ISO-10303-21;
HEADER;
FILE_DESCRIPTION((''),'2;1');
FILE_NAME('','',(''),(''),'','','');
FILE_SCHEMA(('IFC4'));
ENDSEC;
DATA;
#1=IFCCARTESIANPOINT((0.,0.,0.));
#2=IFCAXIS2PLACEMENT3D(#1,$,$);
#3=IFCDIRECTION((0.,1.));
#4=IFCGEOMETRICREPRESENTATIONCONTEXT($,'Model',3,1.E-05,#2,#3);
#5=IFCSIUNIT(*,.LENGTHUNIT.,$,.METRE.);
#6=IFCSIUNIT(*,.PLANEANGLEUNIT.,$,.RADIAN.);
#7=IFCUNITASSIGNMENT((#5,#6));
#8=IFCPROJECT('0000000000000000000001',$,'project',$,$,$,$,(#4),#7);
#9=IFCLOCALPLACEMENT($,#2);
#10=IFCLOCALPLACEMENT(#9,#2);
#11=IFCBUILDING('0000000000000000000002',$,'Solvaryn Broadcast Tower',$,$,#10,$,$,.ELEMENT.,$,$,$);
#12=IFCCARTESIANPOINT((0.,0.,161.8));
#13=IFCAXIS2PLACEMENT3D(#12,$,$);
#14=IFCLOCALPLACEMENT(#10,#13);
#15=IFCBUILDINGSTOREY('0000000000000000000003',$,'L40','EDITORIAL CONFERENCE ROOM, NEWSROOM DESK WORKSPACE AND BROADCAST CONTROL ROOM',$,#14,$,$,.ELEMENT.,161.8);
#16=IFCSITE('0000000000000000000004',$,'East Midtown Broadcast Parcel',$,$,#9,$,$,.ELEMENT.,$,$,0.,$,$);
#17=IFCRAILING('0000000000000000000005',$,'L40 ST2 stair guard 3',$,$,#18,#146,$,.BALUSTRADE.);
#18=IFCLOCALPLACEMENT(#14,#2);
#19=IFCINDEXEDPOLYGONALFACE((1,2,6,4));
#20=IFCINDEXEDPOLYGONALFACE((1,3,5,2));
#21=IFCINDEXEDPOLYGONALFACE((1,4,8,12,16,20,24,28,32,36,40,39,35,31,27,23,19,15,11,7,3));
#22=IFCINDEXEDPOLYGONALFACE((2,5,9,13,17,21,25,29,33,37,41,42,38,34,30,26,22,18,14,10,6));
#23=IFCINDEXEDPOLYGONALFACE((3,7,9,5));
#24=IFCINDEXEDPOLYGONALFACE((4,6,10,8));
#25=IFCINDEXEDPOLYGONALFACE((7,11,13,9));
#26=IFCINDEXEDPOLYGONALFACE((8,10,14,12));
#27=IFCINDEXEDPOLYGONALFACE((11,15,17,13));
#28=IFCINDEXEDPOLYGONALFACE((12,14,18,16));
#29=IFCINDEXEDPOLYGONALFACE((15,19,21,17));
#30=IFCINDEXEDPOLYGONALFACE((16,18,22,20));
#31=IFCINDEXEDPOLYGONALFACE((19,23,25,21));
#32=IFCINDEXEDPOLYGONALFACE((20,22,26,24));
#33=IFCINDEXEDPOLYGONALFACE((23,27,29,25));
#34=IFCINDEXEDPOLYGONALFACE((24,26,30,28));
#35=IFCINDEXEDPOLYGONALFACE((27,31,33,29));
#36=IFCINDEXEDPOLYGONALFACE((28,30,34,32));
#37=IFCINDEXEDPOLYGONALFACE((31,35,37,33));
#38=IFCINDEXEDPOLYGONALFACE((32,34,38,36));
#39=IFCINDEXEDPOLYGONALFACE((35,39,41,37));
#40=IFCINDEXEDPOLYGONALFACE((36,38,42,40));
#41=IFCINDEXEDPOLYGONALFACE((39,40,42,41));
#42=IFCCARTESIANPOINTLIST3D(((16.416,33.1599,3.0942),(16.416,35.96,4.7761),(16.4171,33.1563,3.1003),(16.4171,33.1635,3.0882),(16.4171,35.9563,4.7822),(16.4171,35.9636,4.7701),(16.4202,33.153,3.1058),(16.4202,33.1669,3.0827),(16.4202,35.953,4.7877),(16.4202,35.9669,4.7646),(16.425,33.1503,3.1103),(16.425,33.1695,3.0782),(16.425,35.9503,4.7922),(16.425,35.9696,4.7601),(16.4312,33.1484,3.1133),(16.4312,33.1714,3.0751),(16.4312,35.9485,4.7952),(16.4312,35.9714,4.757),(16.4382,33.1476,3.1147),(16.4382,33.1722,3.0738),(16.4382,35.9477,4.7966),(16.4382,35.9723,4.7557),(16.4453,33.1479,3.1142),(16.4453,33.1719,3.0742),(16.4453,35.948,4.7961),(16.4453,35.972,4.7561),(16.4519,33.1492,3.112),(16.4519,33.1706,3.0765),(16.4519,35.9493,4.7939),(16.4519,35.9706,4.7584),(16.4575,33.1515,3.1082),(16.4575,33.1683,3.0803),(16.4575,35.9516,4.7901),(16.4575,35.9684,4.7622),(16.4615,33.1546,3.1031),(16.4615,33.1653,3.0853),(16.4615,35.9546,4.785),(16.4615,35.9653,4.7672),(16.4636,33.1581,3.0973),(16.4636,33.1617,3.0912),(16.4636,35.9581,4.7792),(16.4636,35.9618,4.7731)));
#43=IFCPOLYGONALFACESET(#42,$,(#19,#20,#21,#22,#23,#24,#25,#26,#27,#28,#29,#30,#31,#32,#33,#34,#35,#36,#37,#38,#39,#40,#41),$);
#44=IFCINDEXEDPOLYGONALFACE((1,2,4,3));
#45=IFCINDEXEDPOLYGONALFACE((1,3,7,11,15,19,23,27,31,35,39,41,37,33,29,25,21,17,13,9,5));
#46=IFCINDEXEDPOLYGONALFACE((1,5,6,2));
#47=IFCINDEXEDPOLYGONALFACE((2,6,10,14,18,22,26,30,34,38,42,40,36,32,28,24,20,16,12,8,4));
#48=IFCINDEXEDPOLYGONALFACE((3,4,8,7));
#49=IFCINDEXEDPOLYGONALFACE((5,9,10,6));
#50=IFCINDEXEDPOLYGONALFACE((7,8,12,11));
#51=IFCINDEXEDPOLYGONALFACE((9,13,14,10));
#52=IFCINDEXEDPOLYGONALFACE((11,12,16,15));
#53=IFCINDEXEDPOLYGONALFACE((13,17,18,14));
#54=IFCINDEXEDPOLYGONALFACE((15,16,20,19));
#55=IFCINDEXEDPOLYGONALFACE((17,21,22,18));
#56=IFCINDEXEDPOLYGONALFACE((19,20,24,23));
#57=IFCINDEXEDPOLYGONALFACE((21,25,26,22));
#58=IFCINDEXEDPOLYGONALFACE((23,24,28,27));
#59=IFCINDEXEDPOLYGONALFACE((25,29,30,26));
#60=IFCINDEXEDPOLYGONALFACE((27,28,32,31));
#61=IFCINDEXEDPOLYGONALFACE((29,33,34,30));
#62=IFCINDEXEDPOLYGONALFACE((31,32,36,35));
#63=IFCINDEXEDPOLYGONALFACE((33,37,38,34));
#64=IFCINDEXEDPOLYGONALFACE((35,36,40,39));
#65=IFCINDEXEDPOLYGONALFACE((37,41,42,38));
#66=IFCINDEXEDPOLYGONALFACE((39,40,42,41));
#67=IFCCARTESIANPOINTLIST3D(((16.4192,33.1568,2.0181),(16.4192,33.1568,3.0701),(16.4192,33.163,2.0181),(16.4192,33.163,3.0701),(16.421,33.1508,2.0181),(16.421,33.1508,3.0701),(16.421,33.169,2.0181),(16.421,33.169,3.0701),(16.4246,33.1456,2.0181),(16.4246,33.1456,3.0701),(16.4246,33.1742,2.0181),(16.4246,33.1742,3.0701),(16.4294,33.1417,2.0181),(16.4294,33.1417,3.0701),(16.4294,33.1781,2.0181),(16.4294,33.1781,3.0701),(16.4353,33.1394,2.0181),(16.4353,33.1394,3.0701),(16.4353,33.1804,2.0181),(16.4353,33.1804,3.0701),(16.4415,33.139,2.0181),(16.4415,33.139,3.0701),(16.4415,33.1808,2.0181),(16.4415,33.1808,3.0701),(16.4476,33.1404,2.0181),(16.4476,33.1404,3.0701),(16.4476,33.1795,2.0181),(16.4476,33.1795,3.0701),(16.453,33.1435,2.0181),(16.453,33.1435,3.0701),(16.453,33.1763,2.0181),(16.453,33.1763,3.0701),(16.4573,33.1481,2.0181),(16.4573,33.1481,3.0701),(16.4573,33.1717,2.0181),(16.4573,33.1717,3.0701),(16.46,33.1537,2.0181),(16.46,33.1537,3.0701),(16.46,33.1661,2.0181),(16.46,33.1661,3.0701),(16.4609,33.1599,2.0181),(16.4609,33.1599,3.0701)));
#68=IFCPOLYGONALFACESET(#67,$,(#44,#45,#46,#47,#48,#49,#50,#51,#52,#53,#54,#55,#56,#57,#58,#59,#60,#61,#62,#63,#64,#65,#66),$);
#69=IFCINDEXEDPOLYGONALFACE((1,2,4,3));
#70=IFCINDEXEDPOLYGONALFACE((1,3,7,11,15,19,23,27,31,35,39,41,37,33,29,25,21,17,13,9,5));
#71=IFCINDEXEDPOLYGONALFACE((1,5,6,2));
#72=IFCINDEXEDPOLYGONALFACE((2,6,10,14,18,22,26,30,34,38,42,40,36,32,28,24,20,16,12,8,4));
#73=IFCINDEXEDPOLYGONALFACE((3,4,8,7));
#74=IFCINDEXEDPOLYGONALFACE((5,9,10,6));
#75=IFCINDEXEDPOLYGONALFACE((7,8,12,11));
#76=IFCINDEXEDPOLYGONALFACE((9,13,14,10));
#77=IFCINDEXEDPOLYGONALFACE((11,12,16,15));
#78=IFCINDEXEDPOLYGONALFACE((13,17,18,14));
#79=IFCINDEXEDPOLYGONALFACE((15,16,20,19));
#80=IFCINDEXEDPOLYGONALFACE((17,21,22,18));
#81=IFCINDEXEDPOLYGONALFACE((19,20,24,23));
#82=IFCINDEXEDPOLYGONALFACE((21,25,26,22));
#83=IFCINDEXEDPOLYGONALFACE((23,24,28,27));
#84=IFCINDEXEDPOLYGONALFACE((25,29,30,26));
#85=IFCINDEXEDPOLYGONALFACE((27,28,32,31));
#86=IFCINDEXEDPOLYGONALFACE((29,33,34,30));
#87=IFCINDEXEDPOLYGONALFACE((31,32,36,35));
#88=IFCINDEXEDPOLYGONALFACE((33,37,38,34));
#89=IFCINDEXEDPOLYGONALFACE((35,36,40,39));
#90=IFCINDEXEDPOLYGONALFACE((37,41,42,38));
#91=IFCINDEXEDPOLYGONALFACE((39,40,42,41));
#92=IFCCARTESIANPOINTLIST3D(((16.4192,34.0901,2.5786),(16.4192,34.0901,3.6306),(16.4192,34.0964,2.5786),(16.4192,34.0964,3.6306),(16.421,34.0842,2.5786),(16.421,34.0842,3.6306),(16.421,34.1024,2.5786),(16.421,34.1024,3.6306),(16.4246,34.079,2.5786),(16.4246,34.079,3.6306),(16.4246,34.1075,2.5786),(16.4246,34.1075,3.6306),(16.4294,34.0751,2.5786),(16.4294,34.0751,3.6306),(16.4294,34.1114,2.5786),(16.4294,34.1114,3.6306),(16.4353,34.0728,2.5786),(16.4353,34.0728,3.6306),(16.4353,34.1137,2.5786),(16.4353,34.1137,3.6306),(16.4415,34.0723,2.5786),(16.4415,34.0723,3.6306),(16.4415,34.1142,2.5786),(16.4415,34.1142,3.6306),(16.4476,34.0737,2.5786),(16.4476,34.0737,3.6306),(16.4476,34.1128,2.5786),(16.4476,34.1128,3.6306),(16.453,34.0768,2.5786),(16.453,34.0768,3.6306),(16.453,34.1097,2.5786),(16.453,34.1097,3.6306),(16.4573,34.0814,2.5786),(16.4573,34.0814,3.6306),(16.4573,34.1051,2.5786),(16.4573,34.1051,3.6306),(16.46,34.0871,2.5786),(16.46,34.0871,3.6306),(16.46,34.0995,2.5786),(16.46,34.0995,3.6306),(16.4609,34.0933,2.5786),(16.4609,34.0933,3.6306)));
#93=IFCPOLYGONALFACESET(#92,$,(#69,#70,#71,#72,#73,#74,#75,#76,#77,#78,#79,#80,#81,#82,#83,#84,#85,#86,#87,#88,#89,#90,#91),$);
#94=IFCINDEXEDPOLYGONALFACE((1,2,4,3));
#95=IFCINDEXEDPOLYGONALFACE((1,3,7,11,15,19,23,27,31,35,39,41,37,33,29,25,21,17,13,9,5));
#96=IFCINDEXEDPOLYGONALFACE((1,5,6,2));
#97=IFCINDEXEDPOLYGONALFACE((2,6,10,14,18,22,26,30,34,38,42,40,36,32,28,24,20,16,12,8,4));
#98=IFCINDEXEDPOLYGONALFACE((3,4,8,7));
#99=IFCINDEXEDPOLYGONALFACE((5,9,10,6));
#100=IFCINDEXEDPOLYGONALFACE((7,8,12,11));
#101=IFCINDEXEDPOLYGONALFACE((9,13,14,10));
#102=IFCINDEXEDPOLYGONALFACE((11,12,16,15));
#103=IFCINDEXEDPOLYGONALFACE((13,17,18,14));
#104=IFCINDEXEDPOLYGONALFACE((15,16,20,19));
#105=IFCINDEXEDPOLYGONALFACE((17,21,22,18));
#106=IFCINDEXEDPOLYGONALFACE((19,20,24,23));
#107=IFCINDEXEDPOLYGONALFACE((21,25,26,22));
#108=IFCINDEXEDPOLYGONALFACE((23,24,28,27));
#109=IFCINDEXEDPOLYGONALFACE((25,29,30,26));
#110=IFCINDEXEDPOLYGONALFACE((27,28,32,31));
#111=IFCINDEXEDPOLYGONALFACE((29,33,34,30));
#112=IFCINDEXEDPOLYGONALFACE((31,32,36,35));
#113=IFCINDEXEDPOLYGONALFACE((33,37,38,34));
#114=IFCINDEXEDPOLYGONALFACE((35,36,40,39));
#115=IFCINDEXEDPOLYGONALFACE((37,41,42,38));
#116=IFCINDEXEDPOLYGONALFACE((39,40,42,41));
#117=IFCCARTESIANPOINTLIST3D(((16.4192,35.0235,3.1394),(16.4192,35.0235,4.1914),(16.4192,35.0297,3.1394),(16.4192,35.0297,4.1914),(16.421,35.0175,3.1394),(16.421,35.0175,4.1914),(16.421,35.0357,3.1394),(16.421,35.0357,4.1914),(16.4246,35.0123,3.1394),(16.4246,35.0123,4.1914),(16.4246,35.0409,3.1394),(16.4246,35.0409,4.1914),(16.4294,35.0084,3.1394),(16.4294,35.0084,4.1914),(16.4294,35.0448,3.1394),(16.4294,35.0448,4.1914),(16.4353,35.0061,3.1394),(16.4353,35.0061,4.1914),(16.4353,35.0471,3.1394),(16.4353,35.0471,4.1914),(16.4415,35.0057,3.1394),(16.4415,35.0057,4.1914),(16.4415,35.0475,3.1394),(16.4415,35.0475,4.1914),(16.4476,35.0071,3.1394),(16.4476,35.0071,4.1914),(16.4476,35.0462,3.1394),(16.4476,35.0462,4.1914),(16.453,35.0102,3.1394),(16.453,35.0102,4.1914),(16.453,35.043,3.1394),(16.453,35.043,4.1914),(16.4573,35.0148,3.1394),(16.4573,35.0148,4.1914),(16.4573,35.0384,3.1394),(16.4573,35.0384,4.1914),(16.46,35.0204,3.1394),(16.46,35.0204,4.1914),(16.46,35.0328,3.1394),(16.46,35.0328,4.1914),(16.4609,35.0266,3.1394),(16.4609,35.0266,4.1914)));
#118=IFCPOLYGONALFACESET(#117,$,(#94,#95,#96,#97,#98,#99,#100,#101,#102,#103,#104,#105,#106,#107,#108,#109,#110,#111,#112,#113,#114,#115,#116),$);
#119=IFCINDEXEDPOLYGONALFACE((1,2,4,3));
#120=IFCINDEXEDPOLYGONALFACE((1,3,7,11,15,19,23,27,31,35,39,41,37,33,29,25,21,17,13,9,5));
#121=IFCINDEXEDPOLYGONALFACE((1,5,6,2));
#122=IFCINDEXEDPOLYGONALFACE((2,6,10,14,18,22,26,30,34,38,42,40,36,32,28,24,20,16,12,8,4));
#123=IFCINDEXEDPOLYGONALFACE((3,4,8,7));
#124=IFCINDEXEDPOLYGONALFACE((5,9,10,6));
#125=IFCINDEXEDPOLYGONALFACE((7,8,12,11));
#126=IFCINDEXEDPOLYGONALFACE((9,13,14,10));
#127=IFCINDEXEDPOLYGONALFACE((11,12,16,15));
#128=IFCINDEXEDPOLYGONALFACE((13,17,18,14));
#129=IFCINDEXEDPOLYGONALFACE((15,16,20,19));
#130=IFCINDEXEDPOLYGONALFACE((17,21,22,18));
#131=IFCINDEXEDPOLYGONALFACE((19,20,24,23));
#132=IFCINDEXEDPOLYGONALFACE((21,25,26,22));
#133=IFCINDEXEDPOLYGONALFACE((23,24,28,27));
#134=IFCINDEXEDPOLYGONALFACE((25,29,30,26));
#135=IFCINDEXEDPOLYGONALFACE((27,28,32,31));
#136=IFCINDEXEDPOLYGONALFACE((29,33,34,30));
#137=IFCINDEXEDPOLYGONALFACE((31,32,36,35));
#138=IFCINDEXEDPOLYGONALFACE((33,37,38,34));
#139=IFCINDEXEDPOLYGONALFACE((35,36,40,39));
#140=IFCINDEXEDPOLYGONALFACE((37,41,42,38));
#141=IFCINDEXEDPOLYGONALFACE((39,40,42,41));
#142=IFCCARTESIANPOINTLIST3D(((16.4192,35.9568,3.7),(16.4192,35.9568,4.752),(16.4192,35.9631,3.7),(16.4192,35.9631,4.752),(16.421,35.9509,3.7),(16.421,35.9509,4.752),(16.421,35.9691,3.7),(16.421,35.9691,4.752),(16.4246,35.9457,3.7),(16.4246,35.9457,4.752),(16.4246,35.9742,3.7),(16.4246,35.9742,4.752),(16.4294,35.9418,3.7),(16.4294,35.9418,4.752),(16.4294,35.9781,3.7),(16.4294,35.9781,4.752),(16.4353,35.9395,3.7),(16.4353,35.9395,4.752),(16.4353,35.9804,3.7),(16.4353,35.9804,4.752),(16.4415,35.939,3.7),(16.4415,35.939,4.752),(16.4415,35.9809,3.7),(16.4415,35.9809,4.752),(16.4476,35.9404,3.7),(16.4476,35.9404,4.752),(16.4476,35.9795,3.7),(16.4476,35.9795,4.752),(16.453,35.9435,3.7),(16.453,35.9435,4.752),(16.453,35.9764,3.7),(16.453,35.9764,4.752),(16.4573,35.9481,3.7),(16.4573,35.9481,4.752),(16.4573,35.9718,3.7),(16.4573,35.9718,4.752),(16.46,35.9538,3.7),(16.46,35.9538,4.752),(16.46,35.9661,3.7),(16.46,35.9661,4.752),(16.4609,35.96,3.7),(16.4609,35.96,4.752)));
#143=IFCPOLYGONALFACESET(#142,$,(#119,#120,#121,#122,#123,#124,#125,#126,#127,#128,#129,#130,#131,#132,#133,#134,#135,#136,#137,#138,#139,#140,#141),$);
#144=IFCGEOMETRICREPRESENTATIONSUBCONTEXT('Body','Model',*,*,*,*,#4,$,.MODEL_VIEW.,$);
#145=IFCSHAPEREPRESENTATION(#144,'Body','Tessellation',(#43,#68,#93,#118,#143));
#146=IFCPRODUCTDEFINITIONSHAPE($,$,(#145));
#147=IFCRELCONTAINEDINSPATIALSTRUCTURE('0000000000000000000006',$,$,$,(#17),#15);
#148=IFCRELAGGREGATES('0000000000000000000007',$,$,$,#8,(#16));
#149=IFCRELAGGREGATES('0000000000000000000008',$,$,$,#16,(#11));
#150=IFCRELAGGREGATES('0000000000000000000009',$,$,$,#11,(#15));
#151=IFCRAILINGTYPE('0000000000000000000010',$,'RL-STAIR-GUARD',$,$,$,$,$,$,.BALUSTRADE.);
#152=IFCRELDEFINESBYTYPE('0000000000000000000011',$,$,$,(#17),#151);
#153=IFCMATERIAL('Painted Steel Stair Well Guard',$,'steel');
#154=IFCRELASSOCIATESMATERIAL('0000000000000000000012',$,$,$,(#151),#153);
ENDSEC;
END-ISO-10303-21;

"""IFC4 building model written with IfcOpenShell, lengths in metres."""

from ifc_helpers import new_model, si_unit, direction, frame, origin, origin_2d, place, context, subcontext, project, spatial, circle, extrude, material, type_object, element, save


model = new_model("IFC4")

# Units and contexts
model_context = context("Model", 3, precision=1e-05, world=origin(), true_north=direction((0.0, 1.0)))
body_context = subcontext(model_context, "Body", "Model", "MODEL_VIEW")
ifc_project = project(units=[si_unit("LENGTHUNIT", "METRE"), si_unit("PLANEANGLEUNIT", "RADIAN")], contexts=[model_context])

# Site, building, storey
site_placement = place(None, origin())
site = spatial("IfcSite", under=ifc_project, at=site_placement, Name="East Midtown Broadcast Parcel", CompositionType="ELEMENT", RefElevation=0.0)
building_placement = place(site_placement, origin())
building = spatial("IfcBuilding", under=site, at=building_placement, Name="Solvaryn Broadcast Tower", CompositionType="ELEMENT")
storey_placement = place(building_placement, frame((0.0, 0.0, 161.8)))
storey = spatial("IfcBuildingStorey", under=building, at=storey_placement, Name="L40", Description="EDITORIAL CONFERENCE ROOM, NEWSROOM DESK WORKSPACE AND BROADCAST CONTROL ROOM", CompositionType="ELEMENT", Elevation=161.8)

# Railing
ifc_material_1 = material(Name="Painted Steel Stair Well Guard", Category="steel")
railing_type_1 = type_object("IfcRailingType", Name="RL-STAIR-GUARD", PredefinedType="BALUSTRADE", material=ifc_material_1)
railing_1_placement = place(storey_placement, frame((16.4399, 33.1599, 2.0181)))
element("IfcRailing", 1, at=railing_1_placement, inside=storey, type_object=railing_type_1, Name="L40 ST2 stair guard 3", PredefinedType="BALUSTRADE", context=body_context, shape_type="SweptSolid", body=[
    extrude(circle(Radius=0.0239, at=origin_2d()), frame((0.0, 0.0, 1.0762), z_axis=(0.0, 0.857242, 0.514913), x_axis=(-1.0, 0.0, 0.0)), (0.0, 0.0, 1.0), 3.2664),
    extrude(circle(Radius=0.021, at=origin_2d()), origin(), (0.0, 0.0, 1.0), 1.052),
    extrude(circle(Radius=0.021, at=origin_2d()), frame((0.0, 0.9333, 0.5605)), (0.0, 0.0, 1.0), 1.052),
    extrude(circle(Radius=0.021, at=origin_2d()), frame((0.0, 1.8667, 1.1213)), (0.0, 0.0, 1.0), 1.052),
    extrude(circle(Radius=0.021, at=origin_2d()), frame((0.0, 2.8, 1.6819)), (0.0, 0.0, 1.0), 1.052),
])

save(model, "model.ifc")
